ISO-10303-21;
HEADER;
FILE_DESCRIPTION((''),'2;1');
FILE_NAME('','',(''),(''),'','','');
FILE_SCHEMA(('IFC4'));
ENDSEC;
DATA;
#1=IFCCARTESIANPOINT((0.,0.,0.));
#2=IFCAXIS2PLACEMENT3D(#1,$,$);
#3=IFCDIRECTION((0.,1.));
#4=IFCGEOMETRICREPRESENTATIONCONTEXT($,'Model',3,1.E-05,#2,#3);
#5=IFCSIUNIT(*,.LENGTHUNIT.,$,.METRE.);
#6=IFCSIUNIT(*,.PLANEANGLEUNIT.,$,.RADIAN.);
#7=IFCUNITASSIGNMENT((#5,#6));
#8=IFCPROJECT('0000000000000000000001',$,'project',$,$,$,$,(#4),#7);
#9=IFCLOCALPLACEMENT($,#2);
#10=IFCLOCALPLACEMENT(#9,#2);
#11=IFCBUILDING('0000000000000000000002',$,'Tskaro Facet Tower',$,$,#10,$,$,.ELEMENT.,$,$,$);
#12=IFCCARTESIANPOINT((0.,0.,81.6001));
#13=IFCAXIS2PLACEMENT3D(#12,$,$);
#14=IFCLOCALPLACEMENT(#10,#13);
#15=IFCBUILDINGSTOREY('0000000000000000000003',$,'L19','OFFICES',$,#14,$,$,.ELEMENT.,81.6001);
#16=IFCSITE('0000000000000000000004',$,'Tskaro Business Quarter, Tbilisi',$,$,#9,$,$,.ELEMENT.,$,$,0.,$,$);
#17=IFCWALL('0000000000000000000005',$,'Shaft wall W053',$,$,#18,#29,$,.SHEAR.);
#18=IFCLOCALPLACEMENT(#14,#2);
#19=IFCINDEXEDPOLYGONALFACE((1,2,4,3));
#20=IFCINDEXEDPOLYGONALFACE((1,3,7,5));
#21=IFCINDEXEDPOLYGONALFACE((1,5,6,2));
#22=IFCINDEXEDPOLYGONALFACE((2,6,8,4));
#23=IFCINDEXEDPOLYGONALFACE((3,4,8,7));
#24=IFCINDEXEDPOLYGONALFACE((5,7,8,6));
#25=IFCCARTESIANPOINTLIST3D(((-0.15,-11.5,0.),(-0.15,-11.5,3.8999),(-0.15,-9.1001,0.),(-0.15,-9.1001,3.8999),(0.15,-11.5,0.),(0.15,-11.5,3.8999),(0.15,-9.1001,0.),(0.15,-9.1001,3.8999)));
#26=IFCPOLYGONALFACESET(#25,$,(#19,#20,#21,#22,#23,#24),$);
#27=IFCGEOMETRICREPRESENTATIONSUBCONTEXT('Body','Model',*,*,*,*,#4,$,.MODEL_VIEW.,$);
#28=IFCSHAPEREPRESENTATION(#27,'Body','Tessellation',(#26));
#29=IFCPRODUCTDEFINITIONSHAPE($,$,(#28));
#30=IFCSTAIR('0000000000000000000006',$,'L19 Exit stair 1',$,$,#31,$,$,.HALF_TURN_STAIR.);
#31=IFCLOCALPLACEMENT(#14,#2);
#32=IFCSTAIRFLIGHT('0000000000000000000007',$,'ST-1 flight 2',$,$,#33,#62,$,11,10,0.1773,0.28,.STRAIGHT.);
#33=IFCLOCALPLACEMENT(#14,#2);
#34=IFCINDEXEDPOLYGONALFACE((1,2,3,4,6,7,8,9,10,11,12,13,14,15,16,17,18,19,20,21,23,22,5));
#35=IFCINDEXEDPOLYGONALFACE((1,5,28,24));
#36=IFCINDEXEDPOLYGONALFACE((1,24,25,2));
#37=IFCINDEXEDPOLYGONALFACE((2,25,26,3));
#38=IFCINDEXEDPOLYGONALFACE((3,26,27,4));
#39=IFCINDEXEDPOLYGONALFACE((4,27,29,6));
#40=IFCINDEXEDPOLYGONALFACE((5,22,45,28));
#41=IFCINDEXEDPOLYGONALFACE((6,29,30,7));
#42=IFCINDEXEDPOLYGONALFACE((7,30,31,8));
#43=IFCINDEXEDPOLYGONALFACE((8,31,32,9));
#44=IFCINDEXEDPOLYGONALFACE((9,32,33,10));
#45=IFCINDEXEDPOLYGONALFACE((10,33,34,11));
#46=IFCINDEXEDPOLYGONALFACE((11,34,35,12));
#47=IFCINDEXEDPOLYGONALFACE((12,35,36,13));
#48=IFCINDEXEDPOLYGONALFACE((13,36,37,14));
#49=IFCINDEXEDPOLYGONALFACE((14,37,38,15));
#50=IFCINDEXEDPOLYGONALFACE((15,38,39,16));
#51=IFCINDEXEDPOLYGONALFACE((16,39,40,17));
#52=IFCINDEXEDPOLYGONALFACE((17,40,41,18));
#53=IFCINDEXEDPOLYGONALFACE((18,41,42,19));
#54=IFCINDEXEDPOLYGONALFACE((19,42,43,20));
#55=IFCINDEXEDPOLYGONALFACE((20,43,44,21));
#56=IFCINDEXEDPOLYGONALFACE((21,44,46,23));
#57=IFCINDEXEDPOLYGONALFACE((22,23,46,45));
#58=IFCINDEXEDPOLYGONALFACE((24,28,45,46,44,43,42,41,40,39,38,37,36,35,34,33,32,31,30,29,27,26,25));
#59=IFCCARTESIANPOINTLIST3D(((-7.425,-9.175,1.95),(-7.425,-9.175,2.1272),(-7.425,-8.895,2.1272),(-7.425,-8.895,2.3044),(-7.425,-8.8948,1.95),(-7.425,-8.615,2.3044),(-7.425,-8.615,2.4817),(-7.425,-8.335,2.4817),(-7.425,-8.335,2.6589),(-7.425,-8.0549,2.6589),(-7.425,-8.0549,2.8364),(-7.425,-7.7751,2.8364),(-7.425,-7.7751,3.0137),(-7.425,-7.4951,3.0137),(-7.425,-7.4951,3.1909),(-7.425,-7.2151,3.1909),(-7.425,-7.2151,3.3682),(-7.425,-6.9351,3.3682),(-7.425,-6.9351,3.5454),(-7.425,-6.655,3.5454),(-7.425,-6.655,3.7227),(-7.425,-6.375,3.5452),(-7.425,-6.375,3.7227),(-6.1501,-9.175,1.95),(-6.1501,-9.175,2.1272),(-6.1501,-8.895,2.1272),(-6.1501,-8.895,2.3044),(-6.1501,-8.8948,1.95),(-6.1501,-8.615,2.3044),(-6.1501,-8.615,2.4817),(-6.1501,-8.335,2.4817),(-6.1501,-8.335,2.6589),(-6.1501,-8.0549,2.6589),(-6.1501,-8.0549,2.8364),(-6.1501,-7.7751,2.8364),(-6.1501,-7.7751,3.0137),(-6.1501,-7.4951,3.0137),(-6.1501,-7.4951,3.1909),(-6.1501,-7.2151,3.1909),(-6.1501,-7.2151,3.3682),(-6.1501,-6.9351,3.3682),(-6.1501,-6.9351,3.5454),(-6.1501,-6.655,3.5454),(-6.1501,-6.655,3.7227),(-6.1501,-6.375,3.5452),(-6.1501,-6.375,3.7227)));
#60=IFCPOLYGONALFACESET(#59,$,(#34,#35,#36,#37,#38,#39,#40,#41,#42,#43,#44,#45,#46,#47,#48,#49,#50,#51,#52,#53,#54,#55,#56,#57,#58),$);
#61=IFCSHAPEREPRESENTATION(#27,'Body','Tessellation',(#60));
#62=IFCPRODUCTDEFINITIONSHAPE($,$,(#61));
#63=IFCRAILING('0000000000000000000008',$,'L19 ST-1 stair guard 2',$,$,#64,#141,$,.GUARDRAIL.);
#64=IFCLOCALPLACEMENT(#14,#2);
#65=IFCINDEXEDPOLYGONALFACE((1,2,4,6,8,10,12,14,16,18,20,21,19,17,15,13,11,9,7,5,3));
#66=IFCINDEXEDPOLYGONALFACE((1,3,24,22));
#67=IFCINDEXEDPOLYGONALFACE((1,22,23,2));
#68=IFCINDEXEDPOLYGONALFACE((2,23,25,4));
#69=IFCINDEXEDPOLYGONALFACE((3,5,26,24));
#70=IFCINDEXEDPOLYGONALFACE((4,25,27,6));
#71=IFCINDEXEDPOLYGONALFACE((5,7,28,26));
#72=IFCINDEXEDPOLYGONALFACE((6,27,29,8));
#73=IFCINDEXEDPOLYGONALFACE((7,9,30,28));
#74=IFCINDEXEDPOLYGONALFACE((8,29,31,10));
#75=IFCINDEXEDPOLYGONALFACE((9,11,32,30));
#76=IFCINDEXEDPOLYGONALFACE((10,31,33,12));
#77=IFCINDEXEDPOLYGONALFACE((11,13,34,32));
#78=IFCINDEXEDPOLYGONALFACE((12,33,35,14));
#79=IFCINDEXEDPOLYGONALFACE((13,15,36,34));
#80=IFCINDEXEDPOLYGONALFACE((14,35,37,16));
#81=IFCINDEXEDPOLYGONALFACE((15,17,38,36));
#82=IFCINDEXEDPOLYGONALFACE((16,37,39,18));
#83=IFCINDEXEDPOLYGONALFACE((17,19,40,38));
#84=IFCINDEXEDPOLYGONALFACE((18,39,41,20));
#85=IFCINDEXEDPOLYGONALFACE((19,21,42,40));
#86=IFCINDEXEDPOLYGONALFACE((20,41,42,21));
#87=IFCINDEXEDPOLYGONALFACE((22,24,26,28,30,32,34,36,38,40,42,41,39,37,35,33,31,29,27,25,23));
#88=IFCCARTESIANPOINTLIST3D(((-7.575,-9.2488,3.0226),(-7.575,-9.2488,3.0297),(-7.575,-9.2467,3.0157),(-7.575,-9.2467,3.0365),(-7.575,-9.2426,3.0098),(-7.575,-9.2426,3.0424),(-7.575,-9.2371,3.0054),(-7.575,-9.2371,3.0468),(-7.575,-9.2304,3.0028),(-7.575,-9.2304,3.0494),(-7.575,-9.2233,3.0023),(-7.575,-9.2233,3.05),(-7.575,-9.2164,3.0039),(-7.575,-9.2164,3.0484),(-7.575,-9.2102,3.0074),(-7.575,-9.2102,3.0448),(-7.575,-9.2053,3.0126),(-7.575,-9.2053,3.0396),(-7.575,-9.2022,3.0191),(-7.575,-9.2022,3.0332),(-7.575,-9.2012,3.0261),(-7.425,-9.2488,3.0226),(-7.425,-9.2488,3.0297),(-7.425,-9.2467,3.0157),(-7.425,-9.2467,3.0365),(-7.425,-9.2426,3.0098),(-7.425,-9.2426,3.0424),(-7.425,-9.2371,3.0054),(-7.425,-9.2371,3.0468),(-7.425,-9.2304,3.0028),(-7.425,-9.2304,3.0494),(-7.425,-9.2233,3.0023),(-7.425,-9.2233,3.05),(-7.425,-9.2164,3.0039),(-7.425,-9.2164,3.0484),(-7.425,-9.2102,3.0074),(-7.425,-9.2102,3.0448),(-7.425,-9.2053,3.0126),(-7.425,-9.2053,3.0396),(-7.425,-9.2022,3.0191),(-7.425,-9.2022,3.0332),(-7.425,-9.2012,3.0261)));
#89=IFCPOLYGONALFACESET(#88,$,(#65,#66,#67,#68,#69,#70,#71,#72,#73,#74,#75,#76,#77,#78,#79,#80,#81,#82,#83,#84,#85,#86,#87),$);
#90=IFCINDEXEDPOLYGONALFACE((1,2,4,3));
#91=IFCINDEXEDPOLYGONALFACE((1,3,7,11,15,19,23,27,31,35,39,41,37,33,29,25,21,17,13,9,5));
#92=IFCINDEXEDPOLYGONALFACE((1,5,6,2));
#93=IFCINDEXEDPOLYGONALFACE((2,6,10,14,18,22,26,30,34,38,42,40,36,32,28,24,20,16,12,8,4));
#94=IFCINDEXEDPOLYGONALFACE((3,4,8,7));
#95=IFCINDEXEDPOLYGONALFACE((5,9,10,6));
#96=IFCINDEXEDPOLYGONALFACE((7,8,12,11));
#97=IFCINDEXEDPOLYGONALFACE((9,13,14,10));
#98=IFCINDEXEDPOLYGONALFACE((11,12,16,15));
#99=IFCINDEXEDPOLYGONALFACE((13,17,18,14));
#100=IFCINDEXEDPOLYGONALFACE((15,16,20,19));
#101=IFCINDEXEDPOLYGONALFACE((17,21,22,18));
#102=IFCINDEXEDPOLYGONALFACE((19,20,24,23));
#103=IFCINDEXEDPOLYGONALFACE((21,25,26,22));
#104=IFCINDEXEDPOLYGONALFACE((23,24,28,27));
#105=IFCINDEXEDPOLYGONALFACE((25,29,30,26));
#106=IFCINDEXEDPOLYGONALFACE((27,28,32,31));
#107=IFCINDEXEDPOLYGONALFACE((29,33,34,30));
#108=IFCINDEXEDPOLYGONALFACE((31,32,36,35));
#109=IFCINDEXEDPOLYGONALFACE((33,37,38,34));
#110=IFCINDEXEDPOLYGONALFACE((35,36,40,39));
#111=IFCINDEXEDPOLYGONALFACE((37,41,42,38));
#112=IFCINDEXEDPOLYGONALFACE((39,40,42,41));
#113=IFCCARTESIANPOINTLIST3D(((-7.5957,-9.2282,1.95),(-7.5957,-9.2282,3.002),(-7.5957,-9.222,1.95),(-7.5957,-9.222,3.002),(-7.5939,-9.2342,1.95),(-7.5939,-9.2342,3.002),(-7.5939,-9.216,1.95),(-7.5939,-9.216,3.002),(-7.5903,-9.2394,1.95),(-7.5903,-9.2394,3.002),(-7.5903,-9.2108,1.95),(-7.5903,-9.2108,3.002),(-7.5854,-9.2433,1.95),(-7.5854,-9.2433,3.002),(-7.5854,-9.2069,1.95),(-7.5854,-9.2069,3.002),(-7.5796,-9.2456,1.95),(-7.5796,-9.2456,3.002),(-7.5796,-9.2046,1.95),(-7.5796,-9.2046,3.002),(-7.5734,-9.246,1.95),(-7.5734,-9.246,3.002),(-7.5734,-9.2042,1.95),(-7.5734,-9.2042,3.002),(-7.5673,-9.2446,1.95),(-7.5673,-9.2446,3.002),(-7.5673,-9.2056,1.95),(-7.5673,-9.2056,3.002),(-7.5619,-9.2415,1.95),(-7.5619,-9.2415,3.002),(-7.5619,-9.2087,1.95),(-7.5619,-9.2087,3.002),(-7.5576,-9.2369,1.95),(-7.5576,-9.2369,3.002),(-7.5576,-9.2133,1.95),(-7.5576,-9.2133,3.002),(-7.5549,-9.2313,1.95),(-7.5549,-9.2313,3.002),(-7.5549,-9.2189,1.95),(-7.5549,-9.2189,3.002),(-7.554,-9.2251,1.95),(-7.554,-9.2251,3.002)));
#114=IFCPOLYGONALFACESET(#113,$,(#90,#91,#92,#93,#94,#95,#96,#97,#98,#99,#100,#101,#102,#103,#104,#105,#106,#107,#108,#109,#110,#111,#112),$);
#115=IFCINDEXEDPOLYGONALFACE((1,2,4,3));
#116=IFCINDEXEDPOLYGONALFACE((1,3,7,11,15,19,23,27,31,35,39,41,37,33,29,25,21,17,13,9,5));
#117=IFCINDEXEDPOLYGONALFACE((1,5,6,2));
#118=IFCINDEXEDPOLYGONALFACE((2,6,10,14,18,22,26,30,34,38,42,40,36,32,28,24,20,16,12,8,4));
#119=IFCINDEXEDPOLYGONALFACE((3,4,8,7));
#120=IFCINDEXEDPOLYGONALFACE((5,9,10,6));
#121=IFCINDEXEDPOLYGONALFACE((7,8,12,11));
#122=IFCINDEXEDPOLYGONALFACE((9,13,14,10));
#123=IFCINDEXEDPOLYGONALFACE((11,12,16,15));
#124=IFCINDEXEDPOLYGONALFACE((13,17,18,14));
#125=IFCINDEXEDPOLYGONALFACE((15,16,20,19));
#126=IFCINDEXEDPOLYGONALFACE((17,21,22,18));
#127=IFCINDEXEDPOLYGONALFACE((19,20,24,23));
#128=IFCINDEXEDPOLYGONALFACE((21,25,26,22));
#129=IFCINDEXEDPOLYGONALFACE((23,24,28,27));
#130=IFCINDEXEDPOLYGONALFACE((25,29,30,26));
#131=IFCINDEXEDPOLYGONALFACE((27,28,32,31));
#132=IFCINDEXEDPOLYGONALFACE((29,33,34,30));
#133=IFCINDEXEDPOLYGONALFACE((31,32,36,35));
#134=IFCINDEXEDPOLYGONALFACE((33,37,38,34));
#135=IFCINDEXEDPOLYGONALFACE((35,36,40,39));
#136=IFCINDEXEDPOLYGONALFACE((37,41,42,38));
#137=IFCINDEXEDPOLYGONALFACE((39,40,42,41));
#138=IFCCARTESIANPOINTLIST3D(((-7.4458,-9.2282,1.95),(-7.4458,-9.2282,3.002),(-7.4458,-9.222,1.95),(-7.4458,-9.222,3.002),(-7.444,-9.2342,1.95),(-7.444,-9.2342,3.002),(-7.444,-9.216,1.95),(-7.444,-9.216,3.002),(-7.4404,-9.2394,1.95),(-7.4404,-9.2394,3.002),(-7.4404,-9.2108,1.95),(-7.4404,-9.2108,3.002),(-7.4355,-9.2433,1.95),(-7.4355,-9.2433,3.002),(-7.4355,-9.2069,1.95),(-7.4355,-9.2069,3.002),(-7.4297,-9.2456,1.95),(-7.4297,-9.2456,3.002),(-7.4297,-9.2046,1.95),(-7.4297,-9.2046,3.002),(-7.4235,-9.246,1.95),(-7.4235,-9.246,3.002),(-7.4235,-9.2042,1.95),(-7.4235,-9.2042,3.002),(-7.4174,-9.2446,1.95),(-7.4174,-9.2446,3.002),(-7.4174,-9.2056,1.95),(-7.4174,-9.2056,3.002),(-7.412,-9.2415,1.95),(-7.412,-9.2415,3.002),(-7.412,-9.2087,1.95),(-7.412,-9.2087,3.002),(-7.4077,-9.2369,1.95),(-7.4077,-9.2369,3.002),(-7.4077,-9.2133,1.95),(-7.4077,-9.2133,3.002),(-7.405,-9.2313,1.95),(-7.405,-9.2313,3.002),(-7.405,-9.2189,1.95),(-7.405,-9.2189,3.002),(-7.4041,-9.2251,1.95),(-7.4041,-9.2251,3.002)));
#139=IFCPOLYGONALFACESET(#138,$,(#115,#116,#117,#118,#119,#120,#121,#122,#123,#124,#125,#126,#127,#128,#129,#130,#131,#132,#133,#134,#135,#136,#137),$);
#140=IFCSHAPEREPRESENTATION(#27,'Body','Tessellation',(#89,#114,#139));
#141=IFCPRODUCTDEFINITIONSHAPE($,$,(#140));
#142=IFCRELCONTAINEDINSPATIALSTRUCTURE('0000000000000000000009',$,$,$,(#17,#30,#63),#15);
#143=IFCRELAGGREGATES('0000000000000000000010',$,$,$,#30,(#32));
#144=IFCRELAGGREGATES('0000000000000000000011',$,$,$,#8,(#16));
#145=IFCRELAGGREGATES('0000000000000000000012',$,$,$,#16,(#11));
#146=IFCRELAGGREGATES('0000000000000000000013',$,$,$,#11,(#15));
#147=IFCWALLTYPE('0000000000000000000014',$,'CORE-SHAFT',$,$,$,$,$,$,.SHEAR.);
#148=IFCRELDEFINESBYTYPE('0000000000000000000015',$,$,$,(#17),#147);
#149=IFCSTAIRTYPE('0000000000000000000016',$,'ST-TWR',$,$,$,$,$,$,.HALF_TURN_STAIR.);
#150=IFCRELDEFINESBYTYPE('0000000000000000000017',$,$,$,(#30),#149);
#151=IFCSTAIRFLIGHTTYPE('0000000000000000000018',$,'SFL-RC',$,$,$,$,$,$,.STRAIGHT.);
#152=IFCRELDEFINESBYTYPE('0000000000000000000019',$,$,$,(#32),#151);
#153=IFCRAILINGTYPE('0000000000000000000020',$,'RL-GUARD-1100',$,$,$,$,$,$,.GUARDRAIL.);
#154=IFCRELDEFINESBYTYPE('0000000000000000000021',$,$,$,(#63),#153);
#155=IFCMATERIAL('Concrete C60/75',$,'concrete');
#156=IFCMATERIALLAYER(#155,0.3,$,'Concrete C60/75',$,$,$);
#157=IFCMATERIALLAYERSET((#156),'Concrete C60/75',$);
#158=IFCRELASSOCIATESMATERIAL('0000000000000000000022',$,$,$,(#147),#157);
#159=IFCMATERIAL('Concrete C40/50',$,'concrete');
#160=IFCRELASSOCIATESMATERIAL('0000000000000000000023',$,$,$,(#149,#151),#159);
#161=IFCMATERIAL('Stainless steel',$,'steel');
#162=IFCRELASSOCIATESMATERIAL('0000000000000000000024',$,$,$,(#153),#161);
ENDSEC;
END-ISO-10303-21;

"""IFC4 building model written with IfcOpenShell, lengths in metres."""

from ifc_helpers import new_model, si_unit, direction, frame, frame_2d, origin, origin_2d, place, context, subcontext, project, spatial, polyline, rectangle, circle, outline, extrude, material, layer, layer_set, type_object, element, aggregate, save


model = new_model("IFC4")

# Units and contexts
model_context = context("Model", 3, precision=1e-05, world=origin(), true_north=direction((0.0, 1.0)))
body_context = subcontext(model_context, "Body", "Model", "MODEL_VIEW")
ifc_project = project(units=[si_unit("LENGTHUNIT", "METRE"), si_unit("PLANEANGLEUNIT", "RADIAN")], contexts=[model_context])

# Site, building, storey
site_placement = place(None, origin())
site = spatial("IfcSite", under=ifc_project, at=site_placement, Name="Tskaro Business Quarter, Tbilisi", CompositionType="ELEMENT", RefElevation=0.0)
building_placement = place(site_placement, origin())
building = spatial("IfcBuilding", under=site, at=building_placement, Name="Tskaro Facet Tower", CompositionType="ELEMENT")
storey_placement = place(building_placement, frame((0.0, 0.0, 81.6001)))
storey = spatial("IfcBuildingStorey", under=building, at=storey_placement, Name="L19", Description="OFFICES", CompositionType="ELEMENT", Elevation=81.6001)

# Shared definitions
ifc_material_1 = material(Name="Concrete C60/75", Category="concrete")
ifc_layer = layer(ifc_material_1, 0.3, Name="Concrete C60/75")
ifc_layer_set = layer_set([ifc_layer], Name="Concrete C60/75")
wall_type = type_object("IfcWallType", Name="CORE-SHAFT", PredefinedType="SHEAR", material=ifc_layer_set)
ifc_material_2 = material(Name="Stainless steel", Category="steel")

# Wall
wall_1_placement = place(storey_placement, frame((0.0, -11.5, 0.0), z_axis=(0.0, 0.0, 1.0), x_axis=(0.0, 1.0, 0.0)))
element("IfcWall", 1, at=wall_1_placement, inside=storey, type_object=wall_type, Name="Shaft wall W053", PredefinedType="SHEAR", context=body_context, shape_type="SweptSolid", body=[
    extrude(rectangle(XDim=2.3999, YDim=0.3, at=frame_2d((1.2, 0.0))), origin(), (0.0, 0.0, 1.0), 3.8999),
])

# Stair, stair flight
ifc_material_3 = material(Name="Concrete C40/50", Category="concrete")
stair_type = type_object("IfcStairType", Name="ST-TWR", PredefinedType="HALF_TURN_STAIR", material=ifc_material_3)
stair_placement = place(storey_placement, origin())
stair = element("IfcStair", 2, at=stair_placement, inside=storey, type_object=stair_type, Name="L19 Exit stair 1", PredefinedType="HALF_TURN_STAIR")
stair_flight_type = type_object("IfcStairFlightType", Name="SFL-RC", PredefinedType="STRAIGHT", material=ifc_material_3)
stair_flight_placement = place(storey_placement, frame((-6.7876, -9.175, 1.95), z_axis=(0.0, 0.0, 1.0), x_axis=(0.0, 1.0, 0.0)))
stair_flight = element("IfcStairFlight", 3, at=stair_flight_placement, type_object=stair_flight_type, Name="ST-1 flight 2", NumberOfRisers=11, NumberOfTreads=10, PredefinedType="STRAIGHT", RiserHeight=0.1773, TreadLength=0.28, context=body_context, shape_type="SweptSolid", body=[
    extrude(outline(polyline([(0.0, 0.0), (0.0, 0.1772), (0.28, 0.1772), (0.28, 0.3545), (0.5601, 0.3545), (0.5601, 0.5317), (0.8401, 0.5317), (0.8401, 0.709), (1.1201, 0.709), (1.1201, 0.8865), (1.3999, 0.8865), (1.3999, 1.0637), (1.6799, 1.0637), (1.6799, 1.241), (1.96, 1.241), (1.96, 1.4182), (2.24, 1.4182), (2.24, 1.5955), (2.52, 1.5955), (2.52, 1.7727), (2.8, 1.7727), (2.8, 1.95), (2.8, 1.5952), (0.2803, 0.0), (0.0, 0.0)])), frame((0.0, 0.6375, 0.0), z_axis=(0.0, -1.0, 0.0), x_axis=(1.0, 0.0, 0.0)), (0.0, 0.0, 1.0), 1.2749),
])
aggregate(stair, [stair_flight])

# Railing
railing_type_1 = type_object("IfcRailingType", Name="RL-GUARD-1100", PredefinedType="GUARDRAIL", material=ifc_material_2)
railing_1_placement = place(storey_placement, frame((-7.575, -9.2251, 1.95)))
element("IfcRailing", 4, at=railing_1_placement, inside=storey, type_object=railing_type_1, Name="L19 ST-1 stair guard 2", PredefinedType="GUARDRAIL", context=body_context, shape_type="SweptSolid", body=[
    extrude(circle(Radius=0.0239, at=origin_2d()), frame((0.0, 0.0, 1.0762), z_axis=(1.0, 0.0, 0.0), x_axis=(0.0, 1.0, 0.0)), (0.0, 0.0, 1.0), 0.1499),
    extrude(circle(Radius=0.021, at=origin_2d()), origin(), (0.0, 0.0, 1.0), 1.052),
    extrude(circle(Radius=0.021, at=origin_2d()), frame((0.1499, 0.0, 0.0)), (0.0, 0.0, 1.0), 1.052),
])

save(model, "model.ifc")
